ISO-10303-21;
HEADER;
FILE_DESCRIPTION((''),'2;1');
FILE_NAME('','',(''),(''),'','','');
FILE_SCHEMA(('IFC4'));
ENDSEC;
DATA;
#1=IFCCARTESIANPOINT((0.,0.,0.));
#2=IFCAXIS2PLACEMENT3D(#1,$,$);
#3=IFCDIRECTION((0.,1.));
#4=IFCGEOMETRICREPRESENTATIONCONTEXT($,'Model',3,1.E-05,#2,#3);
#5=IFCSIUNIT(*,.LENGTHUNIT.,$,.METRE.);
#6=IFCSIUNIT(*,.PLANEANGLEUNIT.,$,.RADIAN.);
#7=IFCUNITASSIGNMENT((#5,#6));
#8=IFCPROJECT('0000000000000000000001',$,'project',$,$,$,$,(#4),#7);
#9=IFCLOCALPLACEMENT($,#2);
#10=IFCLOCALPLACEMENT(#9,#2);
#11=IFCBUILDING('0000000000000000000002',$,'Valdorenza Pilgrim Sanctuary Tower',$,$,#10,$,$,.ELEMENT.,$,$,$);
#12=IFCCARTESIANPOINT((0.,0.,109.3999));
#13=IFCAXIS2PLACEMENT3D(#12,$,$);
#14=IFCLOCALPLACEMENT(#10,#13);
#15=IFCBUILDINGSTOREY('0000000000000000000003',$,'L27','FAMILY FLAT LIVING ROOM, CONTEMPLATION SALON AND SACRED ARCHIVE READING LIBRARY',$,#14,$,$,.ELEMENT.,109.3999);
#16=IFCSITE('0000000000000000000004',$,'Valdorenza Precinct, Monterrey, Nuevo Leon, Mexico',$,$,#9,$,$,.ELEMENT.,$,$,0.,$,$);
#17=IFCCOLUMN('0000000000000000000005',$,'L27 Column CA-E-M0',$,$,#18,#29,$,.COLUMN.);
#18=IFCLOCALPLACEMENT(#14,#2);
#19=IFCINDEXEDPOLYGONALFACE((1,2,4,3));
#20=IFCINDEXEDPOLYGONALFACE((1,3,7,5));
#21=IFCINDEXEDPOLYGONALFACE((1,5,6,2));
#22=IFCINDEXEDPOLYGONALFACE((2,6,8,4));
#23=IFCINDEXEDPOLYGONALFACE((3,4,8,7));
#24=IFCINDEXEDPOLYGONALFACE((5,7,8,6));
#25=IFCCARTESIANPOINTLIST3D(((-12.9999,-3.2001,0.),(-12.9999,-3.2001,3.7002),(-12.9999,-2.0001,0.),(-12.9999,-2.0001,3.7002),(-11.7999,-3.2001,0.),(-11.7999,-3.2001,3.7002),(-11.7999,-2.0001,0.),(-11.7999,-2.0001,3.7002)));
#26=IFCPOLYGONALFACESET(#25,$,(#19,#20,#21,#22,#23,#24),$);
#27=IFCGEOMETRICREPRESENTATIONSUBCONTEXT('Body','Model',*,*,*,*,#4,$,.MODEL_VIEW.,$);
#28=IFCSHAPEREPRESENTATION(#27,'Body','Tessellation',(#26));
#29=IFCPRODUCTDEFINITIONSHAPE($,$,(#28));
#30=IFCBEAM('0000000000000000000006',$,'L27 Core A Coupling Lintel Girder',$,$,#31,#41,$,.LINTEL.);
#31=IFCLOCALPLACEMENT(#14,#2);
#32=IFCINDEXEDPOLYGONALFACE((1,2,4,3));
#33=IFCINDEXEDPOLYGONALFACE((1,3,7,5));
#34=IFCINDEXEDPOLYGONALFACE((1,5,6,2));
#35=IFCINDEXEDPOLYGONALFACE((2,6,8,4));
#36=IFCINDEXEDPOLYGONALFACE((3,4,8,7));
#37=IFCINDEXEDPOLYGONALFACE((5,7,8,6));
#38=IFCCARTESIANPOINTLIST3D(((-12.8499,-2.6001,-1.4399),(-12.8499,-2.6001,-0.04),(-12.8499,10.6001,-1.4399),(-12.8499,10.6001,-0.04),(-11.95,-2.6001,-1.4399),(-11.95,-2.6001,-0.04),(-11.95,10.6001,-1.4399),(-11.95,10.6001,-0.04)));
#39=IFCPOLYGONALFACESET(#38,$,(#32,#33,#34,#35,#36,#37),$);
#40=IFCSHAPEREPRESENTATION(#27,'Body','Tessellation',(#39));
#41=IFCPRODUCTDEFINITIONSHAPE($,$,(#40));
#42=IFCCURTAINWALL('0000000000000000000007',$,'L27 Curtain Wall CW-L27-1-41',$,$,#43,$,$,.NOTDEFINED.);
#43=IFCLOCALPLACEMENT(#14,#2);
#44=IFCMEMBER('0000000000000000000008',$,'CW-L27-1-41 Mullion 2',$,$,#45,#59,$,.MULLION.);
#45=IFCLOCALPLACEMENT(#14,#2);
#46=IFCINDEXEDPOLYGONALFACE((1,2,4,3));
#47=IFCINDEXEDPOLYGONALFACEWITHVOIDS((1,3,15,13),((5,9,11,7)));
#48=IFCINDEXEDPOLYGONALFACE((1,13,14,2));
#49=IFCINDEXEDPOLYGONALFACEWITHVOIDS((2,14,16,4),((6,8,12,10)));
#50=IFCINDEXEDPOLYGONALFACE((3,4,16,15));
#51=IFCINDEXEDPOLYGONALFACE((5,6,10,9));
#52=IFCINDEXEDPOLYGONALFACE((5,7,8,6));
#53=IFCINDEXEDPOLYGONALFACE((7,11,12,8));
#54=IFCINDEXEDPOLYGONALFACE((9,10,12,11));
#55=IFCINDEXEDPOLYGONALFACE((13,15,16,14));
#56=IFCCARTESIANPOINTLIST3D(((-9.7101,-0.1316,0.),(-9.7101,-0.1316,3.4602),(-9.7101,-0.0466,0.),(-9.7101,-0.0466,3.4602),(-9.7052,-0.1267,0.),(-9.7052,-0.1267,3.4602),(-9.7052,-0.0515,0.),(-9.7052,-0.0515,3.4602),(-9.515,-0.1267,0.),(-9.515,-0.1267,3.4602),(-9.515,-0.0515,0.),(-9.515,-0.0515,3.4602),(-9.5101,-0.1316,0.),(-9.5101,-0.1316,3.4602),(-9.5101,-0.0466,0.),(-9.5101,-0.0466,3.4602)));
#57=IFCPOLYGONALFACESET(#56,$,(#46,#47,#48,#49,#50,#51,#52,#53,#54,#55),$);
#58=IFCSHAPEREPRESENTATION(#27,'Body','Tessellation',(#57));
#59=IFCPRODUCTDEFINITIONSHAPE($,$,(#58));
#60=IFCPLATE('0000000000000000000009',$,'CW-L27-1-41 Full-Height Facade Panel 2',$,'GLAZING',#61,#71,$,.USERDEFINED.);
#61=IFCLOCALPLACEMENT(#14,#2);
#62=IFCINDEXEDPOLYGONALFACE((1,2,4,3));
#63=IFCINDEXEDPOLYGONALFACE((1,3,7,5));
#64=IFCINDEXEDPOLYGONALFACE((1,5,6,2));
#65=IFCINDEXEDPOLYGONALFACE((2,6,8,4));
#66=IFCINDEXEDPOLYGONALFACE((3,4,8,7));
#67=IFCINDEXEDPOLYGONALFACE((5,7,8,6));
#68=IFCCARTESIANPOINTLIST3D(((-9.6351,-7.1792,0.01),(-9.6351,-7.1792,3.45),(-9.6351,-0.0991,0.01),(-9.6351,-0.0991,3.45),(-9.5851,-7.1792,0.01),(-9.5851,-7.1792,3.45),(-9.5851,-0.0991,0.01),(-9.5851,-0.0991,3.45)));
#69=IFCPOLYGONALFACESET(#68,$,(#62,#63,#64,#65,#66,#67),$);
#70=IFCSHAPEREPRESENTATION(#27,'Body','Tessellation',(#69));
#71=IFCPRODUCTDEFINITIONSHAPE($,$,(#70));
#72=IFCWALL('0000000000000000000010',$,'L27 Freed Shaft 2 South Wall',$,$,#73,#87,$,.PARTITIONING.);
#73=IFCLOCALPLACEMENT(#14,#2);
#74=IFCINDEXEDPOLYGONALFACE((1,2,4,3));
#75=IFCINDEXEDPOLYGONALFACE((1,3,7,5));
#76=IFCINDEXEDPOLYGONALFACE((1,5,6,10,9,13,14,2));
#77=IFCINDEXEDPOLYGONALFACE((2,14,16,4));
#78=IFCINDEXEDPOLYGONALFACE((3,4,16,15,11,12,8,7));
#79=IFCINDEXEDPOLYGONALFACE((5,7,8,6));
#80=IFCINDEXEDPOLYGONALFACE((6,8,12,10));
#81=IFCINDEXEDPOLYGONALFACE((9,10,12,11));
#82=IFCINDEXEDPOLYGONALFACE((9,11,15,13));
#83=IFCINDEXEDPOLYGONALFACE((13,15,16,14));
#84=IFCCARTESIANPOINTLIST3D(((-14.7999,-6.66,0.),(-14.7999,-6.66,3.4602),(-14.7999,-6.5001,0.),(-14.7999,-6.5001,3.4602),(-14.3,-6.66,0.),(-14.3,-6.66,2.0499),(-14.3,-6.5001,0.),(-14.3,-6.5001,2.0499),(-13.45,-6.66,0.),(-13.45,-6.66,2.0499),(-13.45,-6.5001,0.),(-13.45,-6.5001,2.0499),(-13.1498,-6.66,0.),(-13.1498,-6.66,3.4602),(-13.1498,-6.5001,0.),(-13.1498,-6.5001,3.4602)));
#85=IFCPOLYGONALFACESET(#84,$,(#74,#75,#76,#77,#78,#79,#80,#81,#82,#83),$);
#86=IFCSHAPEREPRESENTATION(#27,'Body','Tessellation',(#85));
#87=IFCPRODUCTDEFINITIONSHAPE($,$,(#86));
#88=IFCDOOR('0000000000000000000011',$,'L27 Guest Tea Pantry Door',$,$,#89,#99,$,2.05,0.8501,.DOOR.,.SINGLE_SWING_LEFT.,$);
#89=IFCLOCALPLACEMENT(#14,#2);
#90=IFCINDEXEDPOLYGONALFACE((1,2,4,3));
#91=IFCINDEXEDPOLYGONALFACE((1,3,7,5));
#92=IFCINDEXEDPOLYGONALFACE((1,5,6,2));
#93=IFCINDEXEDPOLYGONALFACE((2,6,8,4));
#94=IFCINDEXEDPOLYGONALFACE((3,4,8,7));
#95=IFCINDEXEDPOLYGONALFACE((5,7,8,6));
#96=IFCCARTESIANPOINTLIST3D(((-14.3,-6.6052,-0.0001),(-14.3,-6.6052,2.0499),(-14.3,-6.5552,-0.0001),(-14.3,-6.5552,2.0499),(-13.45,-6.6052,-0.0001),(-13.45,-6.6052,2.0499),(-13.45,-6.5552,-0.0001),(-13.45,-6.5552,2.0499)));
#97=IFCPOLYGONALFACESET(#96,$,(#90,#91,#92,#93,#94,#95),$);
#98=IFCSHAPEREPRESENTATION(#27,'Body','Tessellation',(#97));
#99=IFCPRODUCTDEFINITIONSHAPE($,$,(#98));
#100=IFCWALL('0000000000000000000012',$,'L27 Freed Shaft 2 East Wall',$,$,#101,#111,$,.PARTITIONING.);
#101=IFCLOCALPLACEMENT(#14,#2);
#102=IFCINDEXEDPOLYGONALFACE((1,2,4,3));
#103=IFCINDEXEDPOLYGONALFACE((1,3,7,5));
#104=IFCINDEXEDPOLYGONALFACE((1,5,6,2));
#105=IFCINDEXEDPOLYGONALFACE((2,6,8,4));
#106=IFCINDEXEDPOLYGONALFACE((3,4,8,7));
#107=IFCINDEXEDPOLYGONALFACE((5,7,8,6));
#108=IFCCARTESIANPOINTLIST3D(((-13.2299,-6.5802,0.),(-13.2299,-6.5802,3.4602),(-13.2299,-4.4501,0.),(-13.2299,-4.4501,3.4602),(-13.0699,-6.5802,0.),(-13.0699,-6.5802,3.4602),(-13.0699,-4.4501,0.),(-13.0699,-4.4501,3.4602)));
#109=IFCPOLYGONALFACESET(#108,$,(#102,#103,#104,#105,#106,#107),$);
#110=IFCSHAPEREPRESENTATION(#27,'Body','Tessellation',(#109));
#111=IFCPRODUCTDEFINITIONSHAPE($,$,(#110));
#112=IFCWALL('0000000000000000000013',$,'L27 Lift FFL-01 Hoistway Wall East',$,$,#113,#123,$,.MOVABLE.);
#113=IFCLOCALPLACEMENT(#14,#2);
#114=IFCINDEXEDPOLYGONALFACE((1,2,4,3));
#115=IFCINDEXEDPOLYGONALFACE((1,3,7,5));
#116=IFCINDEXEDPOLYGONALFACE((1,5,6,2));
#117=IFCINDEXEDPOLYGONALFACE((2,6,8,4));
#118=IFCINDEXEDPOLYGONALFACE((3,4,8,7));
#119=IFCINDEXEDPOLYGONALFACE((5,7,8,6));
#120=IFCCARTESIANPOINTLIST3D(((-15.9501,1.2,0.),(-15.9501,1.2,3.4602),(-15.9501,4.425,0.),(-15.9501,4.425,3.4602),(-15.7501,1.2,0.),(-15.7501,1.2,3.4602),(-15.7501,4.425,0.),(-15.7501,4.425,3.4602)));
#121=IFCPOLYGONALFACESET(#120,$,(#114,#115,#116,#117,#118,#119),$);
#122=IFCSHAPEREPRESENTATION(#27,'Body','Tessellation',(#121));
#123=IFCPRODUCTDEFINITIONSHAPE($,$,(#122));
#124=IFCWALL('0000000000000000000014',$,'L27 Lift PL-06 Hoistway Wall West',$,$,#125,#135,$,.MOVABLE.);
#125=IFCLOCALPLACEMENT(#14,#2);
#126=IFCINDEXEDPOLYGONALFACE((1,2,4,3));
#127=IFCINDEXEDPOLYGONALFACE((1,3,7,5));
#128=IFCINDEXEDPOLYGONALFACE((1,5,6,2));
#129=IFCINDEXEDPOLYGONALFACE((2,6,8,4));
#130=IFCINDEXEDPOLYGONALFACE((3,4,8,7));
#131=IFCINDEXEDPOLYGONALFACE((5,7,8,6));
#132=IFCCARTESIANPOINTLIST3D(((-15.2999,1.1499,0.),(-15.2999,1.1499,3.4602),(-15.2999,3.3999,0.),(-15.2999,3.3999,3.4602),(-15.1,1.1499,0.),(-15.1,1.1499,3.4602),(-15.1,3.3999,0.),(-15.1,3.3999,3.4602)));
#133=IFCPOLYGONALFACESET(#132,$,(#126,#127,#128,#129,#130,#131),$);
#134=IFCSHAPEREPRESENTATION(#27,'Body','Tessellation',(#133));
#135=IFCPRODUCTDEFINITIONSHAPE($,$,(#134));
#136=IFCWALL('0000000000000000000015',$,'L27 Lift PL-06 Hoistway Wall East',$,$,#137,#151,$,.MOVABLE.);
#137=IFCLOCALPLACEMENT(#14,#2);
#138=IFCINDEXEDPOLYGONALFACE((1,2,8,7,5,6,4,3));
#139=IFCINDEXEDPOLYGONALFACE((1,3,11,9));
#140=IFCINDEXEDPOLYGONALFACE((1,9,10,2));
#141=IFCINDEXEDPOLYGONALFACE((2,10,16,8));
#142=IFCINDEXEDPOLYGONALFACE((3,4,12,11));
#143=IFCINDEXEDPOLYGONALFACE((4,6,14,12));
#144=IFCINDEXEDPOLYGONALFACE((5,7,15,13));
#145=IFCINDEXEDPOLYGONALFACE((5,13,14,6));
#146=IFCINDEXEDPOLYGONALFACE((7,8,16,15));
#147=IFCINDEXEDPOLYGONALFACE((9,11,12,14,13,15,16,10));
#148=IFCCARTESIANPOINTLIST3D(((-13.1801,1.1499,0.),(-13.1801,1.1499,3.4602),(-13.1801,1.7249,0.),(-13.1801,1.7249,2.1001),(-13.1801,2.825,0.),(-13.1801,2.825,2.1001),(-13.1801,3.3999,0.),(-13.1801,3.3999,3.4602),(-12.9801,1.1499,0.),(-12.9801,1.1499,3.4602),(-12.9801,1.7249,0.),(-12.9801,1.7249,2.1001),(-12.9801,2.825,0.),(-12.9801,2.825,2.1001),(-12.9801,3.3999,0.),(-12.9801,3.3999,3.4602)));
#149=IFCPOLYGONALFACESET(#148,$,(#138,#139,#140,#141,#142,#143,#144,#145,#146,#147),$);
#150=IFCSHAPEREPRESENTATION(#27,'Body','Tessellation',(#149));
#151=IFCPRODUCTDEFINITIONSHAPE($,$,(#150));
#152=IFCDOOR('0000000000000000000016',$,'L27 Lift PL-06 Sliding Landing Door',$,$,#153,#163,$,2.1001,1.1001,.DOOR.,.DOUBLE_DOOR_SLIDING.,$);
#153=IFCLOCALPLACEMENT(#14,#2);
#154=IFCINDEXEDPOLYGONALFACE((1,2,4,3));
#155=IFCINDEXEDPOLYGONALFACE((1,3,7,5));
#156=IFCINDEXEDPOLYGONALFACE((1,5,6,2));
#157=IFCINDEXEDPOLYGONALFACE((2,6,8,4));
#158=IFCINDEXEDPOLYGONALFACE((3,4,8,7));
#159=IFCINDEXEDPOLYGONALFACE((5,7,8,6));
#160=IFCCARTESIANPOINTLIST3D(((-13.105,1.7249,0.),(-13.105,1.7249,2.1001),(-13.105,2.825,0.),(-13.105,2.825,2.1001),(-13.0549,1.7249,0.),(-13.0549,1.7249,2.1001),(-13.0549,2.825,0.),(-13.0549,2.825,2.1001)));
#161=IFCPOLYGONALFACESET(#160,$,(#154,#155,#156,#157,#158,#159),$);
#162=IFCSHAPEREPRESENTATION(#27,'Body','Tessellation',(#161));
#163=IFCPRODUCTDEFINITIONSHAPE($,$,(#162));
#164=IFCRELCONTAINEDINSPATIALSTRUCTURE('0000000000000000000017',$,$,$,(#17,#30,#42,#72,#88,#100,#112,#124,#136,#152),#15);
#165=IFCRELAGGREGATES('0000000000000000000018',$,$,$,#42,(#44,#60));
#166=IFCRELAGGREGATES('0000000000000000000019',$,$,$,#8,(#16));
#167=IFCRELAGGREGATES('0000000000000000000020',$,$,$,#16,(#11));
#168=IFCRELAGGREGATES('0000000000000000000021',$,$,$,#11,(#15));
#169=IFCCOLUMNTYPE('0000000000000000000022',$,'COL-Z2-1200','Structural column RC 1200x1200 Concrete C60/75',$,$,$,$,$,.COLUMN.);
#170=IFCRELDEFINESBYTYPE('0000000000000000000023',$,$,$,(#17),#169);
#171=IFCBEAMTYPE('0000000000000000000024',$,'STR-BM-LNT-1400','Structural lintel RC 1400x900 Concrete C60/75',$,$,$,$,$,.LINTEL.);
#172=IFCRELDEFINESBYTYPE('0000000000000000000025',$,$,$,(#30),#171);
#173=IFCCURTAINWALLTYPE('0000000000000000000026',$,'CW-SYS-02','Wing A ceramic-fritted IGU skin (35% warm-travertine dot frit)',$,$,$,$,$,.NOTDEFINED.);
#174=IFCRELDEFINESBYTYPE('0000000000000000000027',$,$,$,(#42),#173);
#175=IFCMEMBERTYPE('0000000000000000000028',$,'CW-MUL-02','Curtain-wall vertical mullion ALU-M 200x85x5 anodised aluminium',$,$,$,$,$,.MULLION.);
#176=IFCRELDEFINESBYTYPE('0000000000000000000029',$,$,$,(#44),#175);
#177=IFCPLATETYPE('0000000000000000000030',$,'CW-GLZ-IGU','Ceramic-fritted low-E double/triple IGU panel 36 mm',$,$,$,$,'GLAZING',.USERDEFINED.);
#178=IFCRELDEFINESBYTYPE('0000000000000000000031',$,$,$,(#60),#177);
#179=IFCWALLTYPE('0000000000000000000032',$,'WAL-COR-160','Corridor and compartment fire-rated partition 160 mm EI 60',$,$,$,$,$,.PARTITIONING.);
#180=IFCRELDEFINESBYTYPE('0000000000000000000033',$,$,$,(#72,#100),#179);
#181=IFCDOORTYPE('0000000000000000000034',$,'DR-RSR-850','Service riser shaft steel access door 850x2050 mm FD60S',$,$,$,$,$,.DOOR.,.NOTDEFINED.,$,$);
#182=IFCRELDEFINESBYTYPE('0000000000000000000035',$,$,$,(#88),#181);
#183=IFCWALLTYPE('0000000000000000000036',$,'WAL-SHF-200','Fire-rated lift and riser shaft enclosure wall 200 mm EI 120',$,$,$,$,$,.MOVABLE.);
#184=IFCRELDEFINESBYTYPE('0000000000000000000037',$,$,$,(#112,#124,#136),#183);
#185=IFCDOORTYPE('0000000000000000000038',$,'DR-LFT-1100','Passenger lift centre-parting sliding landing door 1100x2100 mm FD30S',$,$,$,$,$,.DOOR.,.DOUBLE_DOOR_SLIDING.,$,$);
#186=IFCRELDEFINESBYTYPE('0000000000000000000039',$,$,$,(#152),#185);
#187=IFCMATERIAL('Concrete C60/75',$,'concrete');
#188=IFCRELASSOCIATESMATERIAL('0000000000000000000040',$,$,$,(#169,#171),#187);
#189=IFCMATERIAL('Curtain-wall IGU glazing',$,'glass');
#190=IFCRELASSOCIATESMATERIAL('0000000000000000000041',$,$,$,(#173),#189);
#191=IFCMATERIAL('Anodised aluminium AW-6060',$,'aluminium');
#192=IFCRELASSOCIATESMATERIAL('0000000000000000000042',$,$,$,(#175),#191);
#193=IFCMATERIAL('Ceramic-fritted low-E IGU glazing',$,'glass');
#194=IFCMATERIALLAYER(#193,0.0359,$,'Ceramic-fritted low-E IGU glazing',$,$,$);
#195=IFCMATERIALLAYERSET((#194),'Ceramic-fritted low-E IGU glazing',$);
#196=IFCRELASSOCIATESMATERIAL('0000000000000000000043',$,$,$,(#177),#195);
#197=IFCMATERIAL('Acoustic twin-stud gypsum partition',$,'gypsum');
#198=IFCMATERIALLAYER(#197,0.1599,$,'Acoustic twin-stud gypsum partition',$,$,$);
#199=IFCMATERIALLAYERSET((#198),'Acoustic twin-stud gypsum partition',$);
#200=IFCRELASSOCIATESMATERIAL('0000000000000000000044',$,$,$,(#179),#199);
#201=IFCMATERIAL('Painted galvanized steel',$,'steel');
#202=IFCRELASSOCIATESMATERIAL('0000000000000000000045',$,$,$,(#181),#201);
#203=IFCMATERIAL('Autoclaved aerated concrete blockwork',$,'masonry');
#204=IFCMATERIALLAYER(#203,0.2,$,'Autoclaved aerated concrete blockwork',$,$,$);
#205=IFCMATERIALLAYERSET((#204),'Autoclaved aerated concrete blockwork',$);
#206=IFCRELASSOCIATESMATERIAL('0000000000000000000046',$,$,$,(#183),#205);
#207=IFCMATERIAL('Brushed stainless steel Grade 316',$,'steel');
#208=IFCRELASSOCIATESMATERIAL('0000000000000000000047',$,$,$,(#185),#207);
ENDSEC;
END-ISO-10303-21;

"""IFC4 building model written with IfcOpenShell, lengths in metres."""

from ifc_helpers import new_model, si_unit, direction, frame, frame_2d, origin, origin_2d, place, context, subcontext, project, spatial, rectangle, hollow_rectangle, extrude, source, transform, mapped, material, layer, layer_set, material_profile, profile_set, type_object, element, fill, aggregate, save


model = new_model("IFC4")

# Units and contexts
model_context = context("Model", 3, precision=1e-05, world=origin(), true_north=direction((0.0, 1.0)))
body_context = subcontext(model_context, "Body", "Model", "MODEL_VIEW")
ifc_project = project(units=[si_unit("LENGTHUNIT", "METRE"), si_unit("PLANEANGLEUNIT", "RADIAN")], contexts=[model_context])

# Site, building, storey
site_placement = place(None, origin())
site = spatial("IfcSite", under=ifc_project, at=site_placement, Name="Valdorenza Precinct, Monterrey, Nuevo Leon, Mexico", CompositionType="ELEMENT", RefElevation=0.0)
building_placement = place(site_placement, origin())
building = spatial("IfcBuilding", under=site, at=building_placement, Name="Valdorenza Pilgrim Sanctuary Tower", CompositionType="ELEMENT")
storey_placement = place(building_placement, frame((0.0, 0.0, 109.3999)))
storey = spatial("IfcBuildingStorey", under=building, at=storey_placement, Name="L27", Description="FAMILY FLAT LIVING ROOM, CONTEMPLATION SALON AND SACRED ARCHIVE READING LIBRARY", CompositionType="ELEMENT", Elevation=109.3999)

# Column
ifc_material_1 = material(Name="Concrete C60/75", Category="concrete")
ifc_material_profile_1 = material_profile(ifc_material_1, rectangle(XDim=1.2, YDim=1.2, at=origin_2d()), Name="RC 1200x1200")
ifc_profile_set_1 = profile_set([ifc_material_profile_1], Name="Concrete C60/75")
column_type = type_object("IfcColumnType", Name="COL-Z2-1200", Description="Structural column RC 1200x1200 Concrete C60/75", PredefinedType="COLUMN", material=ifc_profile_set_1)
shared_shape_1 = source(origin(), body_context, "Body", "SweptSolid", [
    extrude(rectangle(XDim=1.2, YDim=1.2, at=origin_2d()), origin(), (0.0, 0.0, 1.0), 3.7002),
])
column_placement = place(storey_placement, frame((-12.3999, -2.6001, 0.0), z_axis=(0.0, 0.0, 1.0), x_axis=(1.0, 0.0, 0.0)))
element("IfcColumn", 1, at=column_placement, inside=storey, type_object=column_type, Name="L27 Column CA-E-M0", PredefinedType="COLUMN", context=body_context, shape_type="MappedRepresentation", body=[
    mapped(shared_shape_1, transform((0.0, 0.0, 0.0), x_axis=(1.0, 0.0, 0.0), y_axis=(0.0, 1.0, 0.0), z_axis=(0.0, 0.0, 1.0), scale=1.0)),
])

# Beam
ifc_material_profile_2 = material_profile(ifc_material_1, rectangle(XDim=0.8999, YDim=1.3999, at=origin_2d()), Name="RC 1400x900")
ifc_profile_set_2 = profile_set([ifc_material_profile_2], Name="Concrete C60/75")
beam_type = type_object("IfcBeamType", Name="STR-BM-LNT-1400", Description="Structural lintel RC 1400x900 Concrete C60/75", PredefinedType="LINTEL", material=ifc_profile_set_2)
shared_shape_2 = source(origin(), body_context, "Body", "SweptSolid", [
    extrude(rectangle(XDim=0.8999, YDim=1.3999, at=origin_2d()), origin(), (0.0, 0.0, 1.0), 13.2002),
])
beam_placement = place(storey_placement, frame((-12.3999, -2.6001, -0.74), z_axis=(0.0, 1.0, 0.0), x_axis=(-1.0, 0.0, 0.0)))
element("IfcBeam", 2, at=beam_placement, inside=storey, type_object=beam_type, Name="L27 Core A Coupling Lintel Girder", PredefinedType="LINTEL", context=body_context, shape_type="MappedRepresentation", body=[
    mapped(shared_shape_2, transform((0.0, 0.0, 0.0), x_axis=(1.0, 0.0, 0.0), y_axis=(0.0, 1.0, 0.0), z_axis=(0.0, 0.0, 1.0), scale=1.0)),
])

# Curtain wall, member, plate
ifc_material_2 = material(Name="Curtain-wall IGU glazing", Category="glass")
curtain_wall_type = type_object("IfcCurtainWallType", Name="CW-SYS-02", Description="Wing A ceramic-fritted IGU skin (35% warm-travertine dot frit)", PredefinedType="NOTDEFINED", material=ifc_material_2)
curtain_wall_placement = place(storey_placement, origin())
curtain_wall = element("IfcCurtainWall", 3, at=curtain_wall_placement, inside=storey, type_object=curtain_wall_type, Name="L27 Curtain Wall CW-L27-1-41", PredefinedType="NOTDEFINED")
ifc_material_3 = material(Name="Anodised aluminium AW-6060", Category="aluminium")
ifc_material_profile_3 = material_profile(ifc_material_3, hollow_rectangle(XDim=0.085, YDim=0.2, WallThickness=0.0049, at=origin_2d()), Name="ALU-M 200x85x5")
ifc_profile_set_3 = profile_set([ifc_material_profile_3], Name="Anodised aluminium AW-6060")
member_type = type_object("IfcMemberType", Name="CW-MUL-02", Description="Curtain-wall vertical mullion ALU-M 200x85x5 anodised aluminium", PredefinedType="MULLION", material=ifc_profile_set_3)
shared_shape_3 = source(origin(), body_context, "Body", "SweptSolid", [
    extrude(hollow_rectangle(XDim=0.085, YDim=0.2, WallThickness=0.0049, at=origin_2d()), origin(), (0.0, 0.0, 1.0), 3.4602),
])
member_placement = place(storey_placement, frame((-9.6101, -0.0891, 0.0), z_axis=(0.0, 0.0, 1.0), x_axis=(0.0, -1.0, 0.0)))
member = element("IfcMember", 4, at=member_placement, type_object=member_type, Name="CW-L27-1-41 Mullion 2", PredefinedType="MULLION", context=body_context, shape_type="MappedRepresentation", body=[
    mapped(shared_shape_3, transform((0.0, 0.0, 0.0), x_axis=(1.0, 0.0, 0.0), y_axis=(0.0, 1.0, 0.0), z_axis=(0.0, 0.0, 1.0), scale=1.0)),
])
ifc_material_4 = material(Name="Ceramic-fritted low-E IGU glazing", Category="glass")
ifc_layer_1 = layer(ifc_material_4, 0.0359, Name="Ceramic-fritted low-E IGU glazing")
ifc_layer_set_1 = layer_set([ifc_layer_1], Name="Ceramic-fritted low-E IGU glazing")
plate_type = type_object("IfcPlateType", Name="CW-GLZ-IGU", Description="Ceramic-fritted low-E double/triple IGU panel 36 mm", ElementType="GLAZING", PredefinedType="USERDEFINED", material=ifc_layer_set_1)
shared_shape_4 = source(origin(), body_context, "Body", "SweptSolid", [
    extrude(rectangle(XDim=7.0801, YDim=0.05, at=origin_2d()), origin(), (0.0, 0.0, 1.0), 3.4399),
])
plate_placement = place(storey_placement, frame((-9.6101, -3.6392, 0.01), z_axis=(0.0, 0.0, 1.0), x_axis=(0.0, -1.0, 0.0)))
plate = element("IfcPlate", 5, at=plate_placement, type_object=plate_type, Name="CW-L27-1-41 Full-Height Facade Panel 2", ObjectType="GLAZING", PredefinedType="USERDEFINED", context=body_context, shape_type="MappedRepresentation", body=[
    mapped(shared_shape_4, transform((0.0, 0.0, 0.0), x_axis=(1.0, 0.0, 0.0), y_axis=(0.0, 1.0, 0.0), z_axis=(0.0, 0.0, 1.0), scale=1.0)),
])
aggregate(curtain_wall, [member, plate])

# Wall, opening, door
ifc_material_5 = material(Name="Acoustic twin-stud gypsum partition", Category="gypsum")
ifc_layer_2 = layer(ifc_material_5, 0.1599, Name="Acoustic twin-stud gypsum partition")
ifc_layer_set_2 = layer_set([ifc_layer_2], Name="Acoustic twin-stud gypsum partition")
wall_type_1 = type_object("IfcWallType", Name="WAL-COR-160", Description="Corridor and compartment fire-rated partition 160 mm EI 60", PredefinedType="PARTITIONING", material=ifc_layer_set_2)
wall_1_placement = place(storey_placement, frame((-14.8, -6.5801, 0.0), z_axis=(0.0, 0.0, 1.0), x_axis=(1.0, 0.0, 0.0)))
wall_1 = element("IfcWall", 6, at=wall_1_placement, inside=storey, type_object=wall_type_1, Name="L27 Freed Shaft 2 South Wall", PredefinedType="PARTITIONING", context=body_context, shape_type="SweptSolid", body=[
    extrude(rectangle(XDim=1.6501, YDim=0.1599, at=frame_2d((0.8252, 0.0))), origin(), (0.0, 0.0, 1.0), 3.4602),
])
opening_1_placement = place(wall_1_placement, frame((0.5, 0.0, 0.0)))
opening_1 = element("IfcOpeningElement", 7, at=opening_1_placement, cuts=wall_1, PredefinedType="OPENING", context=body_context, shape_type="SweptSolid", body=[
    extrude(rectangle(XDim=0.8501, YDim=2.05, at=frame_2d((0.425, 1.0249))), frame((0.0, 0.0947, 0.0), z_axis=(0.0, -1.0, 0.0), x_axis=(1.0, 0.0, 0.0)), (0.0, 0.0, 1.0), 0.1897),
])
ifc_material_6 = material(Name="Painted galvanized steel", Category="steel")
door_type_1 = type_object("IfcDoorType", Name="DR-RSR-850", Description="Service riser shaft steel access door 850x2050 mm FD60S", OperationType="NOTDEFINED", PredefinedType="DOOR", material=ifc_material_6)
door_1_placement = place(opening_1_placement, origin())
door_1 = element("IfcDoor", 8, at=door_1_placement, inside=storey, type_object=door_type_1, Name="L27 Guest Tea Pantry Door", OperationType="SINGLE_SWING_LEFT", OverallHeight=2.05, OverallWidth=0.8501, PredefinedType="DOOR", context=body_context, shape_type="SweptSolid", body=[
    extrude(rectangle(XDim=0.8501, YDim=2.05, at=frame_2d((0.425, 1.0249))), frame((0.0, 0.0249, 0.0), z_axis=(0.0, -1.0, 0.0), x_axis=(1.0, 0.0, 0.0)), (0.0, 0.0, 1.0), 0.05),
])
fill(opening_1, door_1)

# Wall
wall_2_placement = place(storey_placement, frame((-13.1499, -6.5801, 0.0), z_axis=(0.0, 0.0, 1.0), x_axis=(0.0, 1.0, 0.0)))
element("IfcWall", 9, at=wall_2_placement, inside=storey, type_object=wall_type_1, Name="L27 Freed Shaft 2 East Wall", PredefinedType="PARTITIONING", context=body_context, shape_type="SweptSolid", body=[
    extrude(rectangle(XDim=2.1301, YDim=0.1599, at=frame_2d((1.0649, 0.0))), origin(), (0.0, 0.0, 1.0), 3.4602),
])

# Walls
ifc_material_7 = material(Name="Autoclaved aerated concrete blockwork", Category="masonry")
ifc_layer_3 = layer(ifc_material_7, 0.2, Name="Autoclaved aerated concrete blockwork")
ifc_layer_set_3 = layer_set([ifc_layer_3], Name="Autoclaved aerated concrete blockwork")
wall_type_2 = type_object("IfcWallType", Name="WAL-SHF-200", Description="Fire-rated lift and riser shaft enclosure wall 200 mm EI 120", PredefinedType="MOVABLE", material=ifc_layer_set_3)
wall_3_placement = place(storey_placement, frame((-15.8501, 1.2, 0.0), z_axis=(0.0, 0.0, 1.0), x_axis=(0.0, 1.0, 0.0)))
element("IfcWall", 10, at=wall_3_placement, inside=storey, type_object=wall_type_2, Name="L27 Lift FFL-01 Hoistway Wall East", PredefinedType="MOVABLE", context=body_context, shape_type="SweptSolid", body=[
    extrude(rectangle(XDim=3.2251, YDim=0.2, at=frame_2d((1.6125, 0.0))), origin(), (0.0, 0.0, 1.0), 3.4602),
])
wall_4_placement = place(storey_placement, frame((-15.2, 1.1499, 0.0), z_axis=(0.0, 0.0, 1.0), x_axis=(0.0, 1.0, 0.0)))
element("IfcWall", 11, at=wall_4_placement, inside=storey, type_object=wall_type_2, Name="L27 Lift PL-06 Hoistway Wall West", PredefinedType="MOVABLE", context=body_context, shape_type="SweptSolid", body=[
    extrude(rectangle(XDim=2.25, YDim=0.2, at=frame_2d((1.125, 0.0))), origin(), (0.0, 0.0, 1.0), 3.4602),
])

# Wall, opening, door
wall_5_placement = place(storey_placement, frame((-13.0801, 1.1499, 0.0), z_axis=(0.0, 0.0, 1.0), x_axis=(0.0, 1.0, 0.0)))
wall_5 = element("IfcWall", 12, at=wall_5_placement, inside=storey, type_object=wall_type_2, Name="L27 Lift PL-06 Hoistway Wall East", PredefinedType="MOVABLE", context=body_context, shape_type="SweptSolid", body=[
    extrude(rectangle(XDim=2.25, YDim=0.2, at=frame_2d((1.125, 0.0))), origin(), (0.0, 0.0, 1.0), 3.4602),
])
opening_2_placement = place(wall_5_placement, frame((0.575, 0.0, 0.0)))
opening_2 = element("IfcOpeningElement", 13, at=opening_2_placement, cuts=wall_5, PredefinedType="OPENING", context=body_context, shape_type="SweptSolid", body=[
    extrude(rectangle(XDim=1.1001, YDim=2.1001, at=frame_2d((0.55, 1.05))), frame((0.0, 0.1147, 0.0), z_axis=(0.0, -1.0, 0.0), x_axis=(1.0, 0.0, 0.0)), (0.0, 0.0, 1.0), 0.2297),
])
ifc_material_8 = material(Name="Brushed stainless steel Grade 316", Category="steel")
door_type_2 = type_object("IfcDoorType", Name="DR-LFT-1100", Description="Passenger lift centre-parting sliding landing door 1100x2100 mm FD30S", OperationType="DOUBLE_DOOR_SLIDING", PredefinedType="DOOR", material=ifc_material_8)
door_2_placement = place(opening_2_placement, origin())
door_2 = element("IfcDoor", 14, at=door_2_placement, inside=storey, type_object=door_type_2, Name="L27 Lift PL-06 Sliding Landing Door", OperationType="DOUBLE_DOOR_SLIDING", OverallHeight=2.1001, OverallWidth=1.1001, PredefinedType="DOOR", context=body_context, shape_type="SweptSolid", body=[
    extrude(rectangle(XDim=1.1001, YDim=2.1001, at=frame_2d((0.55, 1.05))), frame((0.0, 0.0249, 0.0), z_axis=(0.0, -1.0, 0.0), x_axis=(1.0, 0.0, 0.0)), (0.0, 0.0, 1.0), 0.05),
])
fill(opening_2, door_2)

save(model, "model.ifc")
